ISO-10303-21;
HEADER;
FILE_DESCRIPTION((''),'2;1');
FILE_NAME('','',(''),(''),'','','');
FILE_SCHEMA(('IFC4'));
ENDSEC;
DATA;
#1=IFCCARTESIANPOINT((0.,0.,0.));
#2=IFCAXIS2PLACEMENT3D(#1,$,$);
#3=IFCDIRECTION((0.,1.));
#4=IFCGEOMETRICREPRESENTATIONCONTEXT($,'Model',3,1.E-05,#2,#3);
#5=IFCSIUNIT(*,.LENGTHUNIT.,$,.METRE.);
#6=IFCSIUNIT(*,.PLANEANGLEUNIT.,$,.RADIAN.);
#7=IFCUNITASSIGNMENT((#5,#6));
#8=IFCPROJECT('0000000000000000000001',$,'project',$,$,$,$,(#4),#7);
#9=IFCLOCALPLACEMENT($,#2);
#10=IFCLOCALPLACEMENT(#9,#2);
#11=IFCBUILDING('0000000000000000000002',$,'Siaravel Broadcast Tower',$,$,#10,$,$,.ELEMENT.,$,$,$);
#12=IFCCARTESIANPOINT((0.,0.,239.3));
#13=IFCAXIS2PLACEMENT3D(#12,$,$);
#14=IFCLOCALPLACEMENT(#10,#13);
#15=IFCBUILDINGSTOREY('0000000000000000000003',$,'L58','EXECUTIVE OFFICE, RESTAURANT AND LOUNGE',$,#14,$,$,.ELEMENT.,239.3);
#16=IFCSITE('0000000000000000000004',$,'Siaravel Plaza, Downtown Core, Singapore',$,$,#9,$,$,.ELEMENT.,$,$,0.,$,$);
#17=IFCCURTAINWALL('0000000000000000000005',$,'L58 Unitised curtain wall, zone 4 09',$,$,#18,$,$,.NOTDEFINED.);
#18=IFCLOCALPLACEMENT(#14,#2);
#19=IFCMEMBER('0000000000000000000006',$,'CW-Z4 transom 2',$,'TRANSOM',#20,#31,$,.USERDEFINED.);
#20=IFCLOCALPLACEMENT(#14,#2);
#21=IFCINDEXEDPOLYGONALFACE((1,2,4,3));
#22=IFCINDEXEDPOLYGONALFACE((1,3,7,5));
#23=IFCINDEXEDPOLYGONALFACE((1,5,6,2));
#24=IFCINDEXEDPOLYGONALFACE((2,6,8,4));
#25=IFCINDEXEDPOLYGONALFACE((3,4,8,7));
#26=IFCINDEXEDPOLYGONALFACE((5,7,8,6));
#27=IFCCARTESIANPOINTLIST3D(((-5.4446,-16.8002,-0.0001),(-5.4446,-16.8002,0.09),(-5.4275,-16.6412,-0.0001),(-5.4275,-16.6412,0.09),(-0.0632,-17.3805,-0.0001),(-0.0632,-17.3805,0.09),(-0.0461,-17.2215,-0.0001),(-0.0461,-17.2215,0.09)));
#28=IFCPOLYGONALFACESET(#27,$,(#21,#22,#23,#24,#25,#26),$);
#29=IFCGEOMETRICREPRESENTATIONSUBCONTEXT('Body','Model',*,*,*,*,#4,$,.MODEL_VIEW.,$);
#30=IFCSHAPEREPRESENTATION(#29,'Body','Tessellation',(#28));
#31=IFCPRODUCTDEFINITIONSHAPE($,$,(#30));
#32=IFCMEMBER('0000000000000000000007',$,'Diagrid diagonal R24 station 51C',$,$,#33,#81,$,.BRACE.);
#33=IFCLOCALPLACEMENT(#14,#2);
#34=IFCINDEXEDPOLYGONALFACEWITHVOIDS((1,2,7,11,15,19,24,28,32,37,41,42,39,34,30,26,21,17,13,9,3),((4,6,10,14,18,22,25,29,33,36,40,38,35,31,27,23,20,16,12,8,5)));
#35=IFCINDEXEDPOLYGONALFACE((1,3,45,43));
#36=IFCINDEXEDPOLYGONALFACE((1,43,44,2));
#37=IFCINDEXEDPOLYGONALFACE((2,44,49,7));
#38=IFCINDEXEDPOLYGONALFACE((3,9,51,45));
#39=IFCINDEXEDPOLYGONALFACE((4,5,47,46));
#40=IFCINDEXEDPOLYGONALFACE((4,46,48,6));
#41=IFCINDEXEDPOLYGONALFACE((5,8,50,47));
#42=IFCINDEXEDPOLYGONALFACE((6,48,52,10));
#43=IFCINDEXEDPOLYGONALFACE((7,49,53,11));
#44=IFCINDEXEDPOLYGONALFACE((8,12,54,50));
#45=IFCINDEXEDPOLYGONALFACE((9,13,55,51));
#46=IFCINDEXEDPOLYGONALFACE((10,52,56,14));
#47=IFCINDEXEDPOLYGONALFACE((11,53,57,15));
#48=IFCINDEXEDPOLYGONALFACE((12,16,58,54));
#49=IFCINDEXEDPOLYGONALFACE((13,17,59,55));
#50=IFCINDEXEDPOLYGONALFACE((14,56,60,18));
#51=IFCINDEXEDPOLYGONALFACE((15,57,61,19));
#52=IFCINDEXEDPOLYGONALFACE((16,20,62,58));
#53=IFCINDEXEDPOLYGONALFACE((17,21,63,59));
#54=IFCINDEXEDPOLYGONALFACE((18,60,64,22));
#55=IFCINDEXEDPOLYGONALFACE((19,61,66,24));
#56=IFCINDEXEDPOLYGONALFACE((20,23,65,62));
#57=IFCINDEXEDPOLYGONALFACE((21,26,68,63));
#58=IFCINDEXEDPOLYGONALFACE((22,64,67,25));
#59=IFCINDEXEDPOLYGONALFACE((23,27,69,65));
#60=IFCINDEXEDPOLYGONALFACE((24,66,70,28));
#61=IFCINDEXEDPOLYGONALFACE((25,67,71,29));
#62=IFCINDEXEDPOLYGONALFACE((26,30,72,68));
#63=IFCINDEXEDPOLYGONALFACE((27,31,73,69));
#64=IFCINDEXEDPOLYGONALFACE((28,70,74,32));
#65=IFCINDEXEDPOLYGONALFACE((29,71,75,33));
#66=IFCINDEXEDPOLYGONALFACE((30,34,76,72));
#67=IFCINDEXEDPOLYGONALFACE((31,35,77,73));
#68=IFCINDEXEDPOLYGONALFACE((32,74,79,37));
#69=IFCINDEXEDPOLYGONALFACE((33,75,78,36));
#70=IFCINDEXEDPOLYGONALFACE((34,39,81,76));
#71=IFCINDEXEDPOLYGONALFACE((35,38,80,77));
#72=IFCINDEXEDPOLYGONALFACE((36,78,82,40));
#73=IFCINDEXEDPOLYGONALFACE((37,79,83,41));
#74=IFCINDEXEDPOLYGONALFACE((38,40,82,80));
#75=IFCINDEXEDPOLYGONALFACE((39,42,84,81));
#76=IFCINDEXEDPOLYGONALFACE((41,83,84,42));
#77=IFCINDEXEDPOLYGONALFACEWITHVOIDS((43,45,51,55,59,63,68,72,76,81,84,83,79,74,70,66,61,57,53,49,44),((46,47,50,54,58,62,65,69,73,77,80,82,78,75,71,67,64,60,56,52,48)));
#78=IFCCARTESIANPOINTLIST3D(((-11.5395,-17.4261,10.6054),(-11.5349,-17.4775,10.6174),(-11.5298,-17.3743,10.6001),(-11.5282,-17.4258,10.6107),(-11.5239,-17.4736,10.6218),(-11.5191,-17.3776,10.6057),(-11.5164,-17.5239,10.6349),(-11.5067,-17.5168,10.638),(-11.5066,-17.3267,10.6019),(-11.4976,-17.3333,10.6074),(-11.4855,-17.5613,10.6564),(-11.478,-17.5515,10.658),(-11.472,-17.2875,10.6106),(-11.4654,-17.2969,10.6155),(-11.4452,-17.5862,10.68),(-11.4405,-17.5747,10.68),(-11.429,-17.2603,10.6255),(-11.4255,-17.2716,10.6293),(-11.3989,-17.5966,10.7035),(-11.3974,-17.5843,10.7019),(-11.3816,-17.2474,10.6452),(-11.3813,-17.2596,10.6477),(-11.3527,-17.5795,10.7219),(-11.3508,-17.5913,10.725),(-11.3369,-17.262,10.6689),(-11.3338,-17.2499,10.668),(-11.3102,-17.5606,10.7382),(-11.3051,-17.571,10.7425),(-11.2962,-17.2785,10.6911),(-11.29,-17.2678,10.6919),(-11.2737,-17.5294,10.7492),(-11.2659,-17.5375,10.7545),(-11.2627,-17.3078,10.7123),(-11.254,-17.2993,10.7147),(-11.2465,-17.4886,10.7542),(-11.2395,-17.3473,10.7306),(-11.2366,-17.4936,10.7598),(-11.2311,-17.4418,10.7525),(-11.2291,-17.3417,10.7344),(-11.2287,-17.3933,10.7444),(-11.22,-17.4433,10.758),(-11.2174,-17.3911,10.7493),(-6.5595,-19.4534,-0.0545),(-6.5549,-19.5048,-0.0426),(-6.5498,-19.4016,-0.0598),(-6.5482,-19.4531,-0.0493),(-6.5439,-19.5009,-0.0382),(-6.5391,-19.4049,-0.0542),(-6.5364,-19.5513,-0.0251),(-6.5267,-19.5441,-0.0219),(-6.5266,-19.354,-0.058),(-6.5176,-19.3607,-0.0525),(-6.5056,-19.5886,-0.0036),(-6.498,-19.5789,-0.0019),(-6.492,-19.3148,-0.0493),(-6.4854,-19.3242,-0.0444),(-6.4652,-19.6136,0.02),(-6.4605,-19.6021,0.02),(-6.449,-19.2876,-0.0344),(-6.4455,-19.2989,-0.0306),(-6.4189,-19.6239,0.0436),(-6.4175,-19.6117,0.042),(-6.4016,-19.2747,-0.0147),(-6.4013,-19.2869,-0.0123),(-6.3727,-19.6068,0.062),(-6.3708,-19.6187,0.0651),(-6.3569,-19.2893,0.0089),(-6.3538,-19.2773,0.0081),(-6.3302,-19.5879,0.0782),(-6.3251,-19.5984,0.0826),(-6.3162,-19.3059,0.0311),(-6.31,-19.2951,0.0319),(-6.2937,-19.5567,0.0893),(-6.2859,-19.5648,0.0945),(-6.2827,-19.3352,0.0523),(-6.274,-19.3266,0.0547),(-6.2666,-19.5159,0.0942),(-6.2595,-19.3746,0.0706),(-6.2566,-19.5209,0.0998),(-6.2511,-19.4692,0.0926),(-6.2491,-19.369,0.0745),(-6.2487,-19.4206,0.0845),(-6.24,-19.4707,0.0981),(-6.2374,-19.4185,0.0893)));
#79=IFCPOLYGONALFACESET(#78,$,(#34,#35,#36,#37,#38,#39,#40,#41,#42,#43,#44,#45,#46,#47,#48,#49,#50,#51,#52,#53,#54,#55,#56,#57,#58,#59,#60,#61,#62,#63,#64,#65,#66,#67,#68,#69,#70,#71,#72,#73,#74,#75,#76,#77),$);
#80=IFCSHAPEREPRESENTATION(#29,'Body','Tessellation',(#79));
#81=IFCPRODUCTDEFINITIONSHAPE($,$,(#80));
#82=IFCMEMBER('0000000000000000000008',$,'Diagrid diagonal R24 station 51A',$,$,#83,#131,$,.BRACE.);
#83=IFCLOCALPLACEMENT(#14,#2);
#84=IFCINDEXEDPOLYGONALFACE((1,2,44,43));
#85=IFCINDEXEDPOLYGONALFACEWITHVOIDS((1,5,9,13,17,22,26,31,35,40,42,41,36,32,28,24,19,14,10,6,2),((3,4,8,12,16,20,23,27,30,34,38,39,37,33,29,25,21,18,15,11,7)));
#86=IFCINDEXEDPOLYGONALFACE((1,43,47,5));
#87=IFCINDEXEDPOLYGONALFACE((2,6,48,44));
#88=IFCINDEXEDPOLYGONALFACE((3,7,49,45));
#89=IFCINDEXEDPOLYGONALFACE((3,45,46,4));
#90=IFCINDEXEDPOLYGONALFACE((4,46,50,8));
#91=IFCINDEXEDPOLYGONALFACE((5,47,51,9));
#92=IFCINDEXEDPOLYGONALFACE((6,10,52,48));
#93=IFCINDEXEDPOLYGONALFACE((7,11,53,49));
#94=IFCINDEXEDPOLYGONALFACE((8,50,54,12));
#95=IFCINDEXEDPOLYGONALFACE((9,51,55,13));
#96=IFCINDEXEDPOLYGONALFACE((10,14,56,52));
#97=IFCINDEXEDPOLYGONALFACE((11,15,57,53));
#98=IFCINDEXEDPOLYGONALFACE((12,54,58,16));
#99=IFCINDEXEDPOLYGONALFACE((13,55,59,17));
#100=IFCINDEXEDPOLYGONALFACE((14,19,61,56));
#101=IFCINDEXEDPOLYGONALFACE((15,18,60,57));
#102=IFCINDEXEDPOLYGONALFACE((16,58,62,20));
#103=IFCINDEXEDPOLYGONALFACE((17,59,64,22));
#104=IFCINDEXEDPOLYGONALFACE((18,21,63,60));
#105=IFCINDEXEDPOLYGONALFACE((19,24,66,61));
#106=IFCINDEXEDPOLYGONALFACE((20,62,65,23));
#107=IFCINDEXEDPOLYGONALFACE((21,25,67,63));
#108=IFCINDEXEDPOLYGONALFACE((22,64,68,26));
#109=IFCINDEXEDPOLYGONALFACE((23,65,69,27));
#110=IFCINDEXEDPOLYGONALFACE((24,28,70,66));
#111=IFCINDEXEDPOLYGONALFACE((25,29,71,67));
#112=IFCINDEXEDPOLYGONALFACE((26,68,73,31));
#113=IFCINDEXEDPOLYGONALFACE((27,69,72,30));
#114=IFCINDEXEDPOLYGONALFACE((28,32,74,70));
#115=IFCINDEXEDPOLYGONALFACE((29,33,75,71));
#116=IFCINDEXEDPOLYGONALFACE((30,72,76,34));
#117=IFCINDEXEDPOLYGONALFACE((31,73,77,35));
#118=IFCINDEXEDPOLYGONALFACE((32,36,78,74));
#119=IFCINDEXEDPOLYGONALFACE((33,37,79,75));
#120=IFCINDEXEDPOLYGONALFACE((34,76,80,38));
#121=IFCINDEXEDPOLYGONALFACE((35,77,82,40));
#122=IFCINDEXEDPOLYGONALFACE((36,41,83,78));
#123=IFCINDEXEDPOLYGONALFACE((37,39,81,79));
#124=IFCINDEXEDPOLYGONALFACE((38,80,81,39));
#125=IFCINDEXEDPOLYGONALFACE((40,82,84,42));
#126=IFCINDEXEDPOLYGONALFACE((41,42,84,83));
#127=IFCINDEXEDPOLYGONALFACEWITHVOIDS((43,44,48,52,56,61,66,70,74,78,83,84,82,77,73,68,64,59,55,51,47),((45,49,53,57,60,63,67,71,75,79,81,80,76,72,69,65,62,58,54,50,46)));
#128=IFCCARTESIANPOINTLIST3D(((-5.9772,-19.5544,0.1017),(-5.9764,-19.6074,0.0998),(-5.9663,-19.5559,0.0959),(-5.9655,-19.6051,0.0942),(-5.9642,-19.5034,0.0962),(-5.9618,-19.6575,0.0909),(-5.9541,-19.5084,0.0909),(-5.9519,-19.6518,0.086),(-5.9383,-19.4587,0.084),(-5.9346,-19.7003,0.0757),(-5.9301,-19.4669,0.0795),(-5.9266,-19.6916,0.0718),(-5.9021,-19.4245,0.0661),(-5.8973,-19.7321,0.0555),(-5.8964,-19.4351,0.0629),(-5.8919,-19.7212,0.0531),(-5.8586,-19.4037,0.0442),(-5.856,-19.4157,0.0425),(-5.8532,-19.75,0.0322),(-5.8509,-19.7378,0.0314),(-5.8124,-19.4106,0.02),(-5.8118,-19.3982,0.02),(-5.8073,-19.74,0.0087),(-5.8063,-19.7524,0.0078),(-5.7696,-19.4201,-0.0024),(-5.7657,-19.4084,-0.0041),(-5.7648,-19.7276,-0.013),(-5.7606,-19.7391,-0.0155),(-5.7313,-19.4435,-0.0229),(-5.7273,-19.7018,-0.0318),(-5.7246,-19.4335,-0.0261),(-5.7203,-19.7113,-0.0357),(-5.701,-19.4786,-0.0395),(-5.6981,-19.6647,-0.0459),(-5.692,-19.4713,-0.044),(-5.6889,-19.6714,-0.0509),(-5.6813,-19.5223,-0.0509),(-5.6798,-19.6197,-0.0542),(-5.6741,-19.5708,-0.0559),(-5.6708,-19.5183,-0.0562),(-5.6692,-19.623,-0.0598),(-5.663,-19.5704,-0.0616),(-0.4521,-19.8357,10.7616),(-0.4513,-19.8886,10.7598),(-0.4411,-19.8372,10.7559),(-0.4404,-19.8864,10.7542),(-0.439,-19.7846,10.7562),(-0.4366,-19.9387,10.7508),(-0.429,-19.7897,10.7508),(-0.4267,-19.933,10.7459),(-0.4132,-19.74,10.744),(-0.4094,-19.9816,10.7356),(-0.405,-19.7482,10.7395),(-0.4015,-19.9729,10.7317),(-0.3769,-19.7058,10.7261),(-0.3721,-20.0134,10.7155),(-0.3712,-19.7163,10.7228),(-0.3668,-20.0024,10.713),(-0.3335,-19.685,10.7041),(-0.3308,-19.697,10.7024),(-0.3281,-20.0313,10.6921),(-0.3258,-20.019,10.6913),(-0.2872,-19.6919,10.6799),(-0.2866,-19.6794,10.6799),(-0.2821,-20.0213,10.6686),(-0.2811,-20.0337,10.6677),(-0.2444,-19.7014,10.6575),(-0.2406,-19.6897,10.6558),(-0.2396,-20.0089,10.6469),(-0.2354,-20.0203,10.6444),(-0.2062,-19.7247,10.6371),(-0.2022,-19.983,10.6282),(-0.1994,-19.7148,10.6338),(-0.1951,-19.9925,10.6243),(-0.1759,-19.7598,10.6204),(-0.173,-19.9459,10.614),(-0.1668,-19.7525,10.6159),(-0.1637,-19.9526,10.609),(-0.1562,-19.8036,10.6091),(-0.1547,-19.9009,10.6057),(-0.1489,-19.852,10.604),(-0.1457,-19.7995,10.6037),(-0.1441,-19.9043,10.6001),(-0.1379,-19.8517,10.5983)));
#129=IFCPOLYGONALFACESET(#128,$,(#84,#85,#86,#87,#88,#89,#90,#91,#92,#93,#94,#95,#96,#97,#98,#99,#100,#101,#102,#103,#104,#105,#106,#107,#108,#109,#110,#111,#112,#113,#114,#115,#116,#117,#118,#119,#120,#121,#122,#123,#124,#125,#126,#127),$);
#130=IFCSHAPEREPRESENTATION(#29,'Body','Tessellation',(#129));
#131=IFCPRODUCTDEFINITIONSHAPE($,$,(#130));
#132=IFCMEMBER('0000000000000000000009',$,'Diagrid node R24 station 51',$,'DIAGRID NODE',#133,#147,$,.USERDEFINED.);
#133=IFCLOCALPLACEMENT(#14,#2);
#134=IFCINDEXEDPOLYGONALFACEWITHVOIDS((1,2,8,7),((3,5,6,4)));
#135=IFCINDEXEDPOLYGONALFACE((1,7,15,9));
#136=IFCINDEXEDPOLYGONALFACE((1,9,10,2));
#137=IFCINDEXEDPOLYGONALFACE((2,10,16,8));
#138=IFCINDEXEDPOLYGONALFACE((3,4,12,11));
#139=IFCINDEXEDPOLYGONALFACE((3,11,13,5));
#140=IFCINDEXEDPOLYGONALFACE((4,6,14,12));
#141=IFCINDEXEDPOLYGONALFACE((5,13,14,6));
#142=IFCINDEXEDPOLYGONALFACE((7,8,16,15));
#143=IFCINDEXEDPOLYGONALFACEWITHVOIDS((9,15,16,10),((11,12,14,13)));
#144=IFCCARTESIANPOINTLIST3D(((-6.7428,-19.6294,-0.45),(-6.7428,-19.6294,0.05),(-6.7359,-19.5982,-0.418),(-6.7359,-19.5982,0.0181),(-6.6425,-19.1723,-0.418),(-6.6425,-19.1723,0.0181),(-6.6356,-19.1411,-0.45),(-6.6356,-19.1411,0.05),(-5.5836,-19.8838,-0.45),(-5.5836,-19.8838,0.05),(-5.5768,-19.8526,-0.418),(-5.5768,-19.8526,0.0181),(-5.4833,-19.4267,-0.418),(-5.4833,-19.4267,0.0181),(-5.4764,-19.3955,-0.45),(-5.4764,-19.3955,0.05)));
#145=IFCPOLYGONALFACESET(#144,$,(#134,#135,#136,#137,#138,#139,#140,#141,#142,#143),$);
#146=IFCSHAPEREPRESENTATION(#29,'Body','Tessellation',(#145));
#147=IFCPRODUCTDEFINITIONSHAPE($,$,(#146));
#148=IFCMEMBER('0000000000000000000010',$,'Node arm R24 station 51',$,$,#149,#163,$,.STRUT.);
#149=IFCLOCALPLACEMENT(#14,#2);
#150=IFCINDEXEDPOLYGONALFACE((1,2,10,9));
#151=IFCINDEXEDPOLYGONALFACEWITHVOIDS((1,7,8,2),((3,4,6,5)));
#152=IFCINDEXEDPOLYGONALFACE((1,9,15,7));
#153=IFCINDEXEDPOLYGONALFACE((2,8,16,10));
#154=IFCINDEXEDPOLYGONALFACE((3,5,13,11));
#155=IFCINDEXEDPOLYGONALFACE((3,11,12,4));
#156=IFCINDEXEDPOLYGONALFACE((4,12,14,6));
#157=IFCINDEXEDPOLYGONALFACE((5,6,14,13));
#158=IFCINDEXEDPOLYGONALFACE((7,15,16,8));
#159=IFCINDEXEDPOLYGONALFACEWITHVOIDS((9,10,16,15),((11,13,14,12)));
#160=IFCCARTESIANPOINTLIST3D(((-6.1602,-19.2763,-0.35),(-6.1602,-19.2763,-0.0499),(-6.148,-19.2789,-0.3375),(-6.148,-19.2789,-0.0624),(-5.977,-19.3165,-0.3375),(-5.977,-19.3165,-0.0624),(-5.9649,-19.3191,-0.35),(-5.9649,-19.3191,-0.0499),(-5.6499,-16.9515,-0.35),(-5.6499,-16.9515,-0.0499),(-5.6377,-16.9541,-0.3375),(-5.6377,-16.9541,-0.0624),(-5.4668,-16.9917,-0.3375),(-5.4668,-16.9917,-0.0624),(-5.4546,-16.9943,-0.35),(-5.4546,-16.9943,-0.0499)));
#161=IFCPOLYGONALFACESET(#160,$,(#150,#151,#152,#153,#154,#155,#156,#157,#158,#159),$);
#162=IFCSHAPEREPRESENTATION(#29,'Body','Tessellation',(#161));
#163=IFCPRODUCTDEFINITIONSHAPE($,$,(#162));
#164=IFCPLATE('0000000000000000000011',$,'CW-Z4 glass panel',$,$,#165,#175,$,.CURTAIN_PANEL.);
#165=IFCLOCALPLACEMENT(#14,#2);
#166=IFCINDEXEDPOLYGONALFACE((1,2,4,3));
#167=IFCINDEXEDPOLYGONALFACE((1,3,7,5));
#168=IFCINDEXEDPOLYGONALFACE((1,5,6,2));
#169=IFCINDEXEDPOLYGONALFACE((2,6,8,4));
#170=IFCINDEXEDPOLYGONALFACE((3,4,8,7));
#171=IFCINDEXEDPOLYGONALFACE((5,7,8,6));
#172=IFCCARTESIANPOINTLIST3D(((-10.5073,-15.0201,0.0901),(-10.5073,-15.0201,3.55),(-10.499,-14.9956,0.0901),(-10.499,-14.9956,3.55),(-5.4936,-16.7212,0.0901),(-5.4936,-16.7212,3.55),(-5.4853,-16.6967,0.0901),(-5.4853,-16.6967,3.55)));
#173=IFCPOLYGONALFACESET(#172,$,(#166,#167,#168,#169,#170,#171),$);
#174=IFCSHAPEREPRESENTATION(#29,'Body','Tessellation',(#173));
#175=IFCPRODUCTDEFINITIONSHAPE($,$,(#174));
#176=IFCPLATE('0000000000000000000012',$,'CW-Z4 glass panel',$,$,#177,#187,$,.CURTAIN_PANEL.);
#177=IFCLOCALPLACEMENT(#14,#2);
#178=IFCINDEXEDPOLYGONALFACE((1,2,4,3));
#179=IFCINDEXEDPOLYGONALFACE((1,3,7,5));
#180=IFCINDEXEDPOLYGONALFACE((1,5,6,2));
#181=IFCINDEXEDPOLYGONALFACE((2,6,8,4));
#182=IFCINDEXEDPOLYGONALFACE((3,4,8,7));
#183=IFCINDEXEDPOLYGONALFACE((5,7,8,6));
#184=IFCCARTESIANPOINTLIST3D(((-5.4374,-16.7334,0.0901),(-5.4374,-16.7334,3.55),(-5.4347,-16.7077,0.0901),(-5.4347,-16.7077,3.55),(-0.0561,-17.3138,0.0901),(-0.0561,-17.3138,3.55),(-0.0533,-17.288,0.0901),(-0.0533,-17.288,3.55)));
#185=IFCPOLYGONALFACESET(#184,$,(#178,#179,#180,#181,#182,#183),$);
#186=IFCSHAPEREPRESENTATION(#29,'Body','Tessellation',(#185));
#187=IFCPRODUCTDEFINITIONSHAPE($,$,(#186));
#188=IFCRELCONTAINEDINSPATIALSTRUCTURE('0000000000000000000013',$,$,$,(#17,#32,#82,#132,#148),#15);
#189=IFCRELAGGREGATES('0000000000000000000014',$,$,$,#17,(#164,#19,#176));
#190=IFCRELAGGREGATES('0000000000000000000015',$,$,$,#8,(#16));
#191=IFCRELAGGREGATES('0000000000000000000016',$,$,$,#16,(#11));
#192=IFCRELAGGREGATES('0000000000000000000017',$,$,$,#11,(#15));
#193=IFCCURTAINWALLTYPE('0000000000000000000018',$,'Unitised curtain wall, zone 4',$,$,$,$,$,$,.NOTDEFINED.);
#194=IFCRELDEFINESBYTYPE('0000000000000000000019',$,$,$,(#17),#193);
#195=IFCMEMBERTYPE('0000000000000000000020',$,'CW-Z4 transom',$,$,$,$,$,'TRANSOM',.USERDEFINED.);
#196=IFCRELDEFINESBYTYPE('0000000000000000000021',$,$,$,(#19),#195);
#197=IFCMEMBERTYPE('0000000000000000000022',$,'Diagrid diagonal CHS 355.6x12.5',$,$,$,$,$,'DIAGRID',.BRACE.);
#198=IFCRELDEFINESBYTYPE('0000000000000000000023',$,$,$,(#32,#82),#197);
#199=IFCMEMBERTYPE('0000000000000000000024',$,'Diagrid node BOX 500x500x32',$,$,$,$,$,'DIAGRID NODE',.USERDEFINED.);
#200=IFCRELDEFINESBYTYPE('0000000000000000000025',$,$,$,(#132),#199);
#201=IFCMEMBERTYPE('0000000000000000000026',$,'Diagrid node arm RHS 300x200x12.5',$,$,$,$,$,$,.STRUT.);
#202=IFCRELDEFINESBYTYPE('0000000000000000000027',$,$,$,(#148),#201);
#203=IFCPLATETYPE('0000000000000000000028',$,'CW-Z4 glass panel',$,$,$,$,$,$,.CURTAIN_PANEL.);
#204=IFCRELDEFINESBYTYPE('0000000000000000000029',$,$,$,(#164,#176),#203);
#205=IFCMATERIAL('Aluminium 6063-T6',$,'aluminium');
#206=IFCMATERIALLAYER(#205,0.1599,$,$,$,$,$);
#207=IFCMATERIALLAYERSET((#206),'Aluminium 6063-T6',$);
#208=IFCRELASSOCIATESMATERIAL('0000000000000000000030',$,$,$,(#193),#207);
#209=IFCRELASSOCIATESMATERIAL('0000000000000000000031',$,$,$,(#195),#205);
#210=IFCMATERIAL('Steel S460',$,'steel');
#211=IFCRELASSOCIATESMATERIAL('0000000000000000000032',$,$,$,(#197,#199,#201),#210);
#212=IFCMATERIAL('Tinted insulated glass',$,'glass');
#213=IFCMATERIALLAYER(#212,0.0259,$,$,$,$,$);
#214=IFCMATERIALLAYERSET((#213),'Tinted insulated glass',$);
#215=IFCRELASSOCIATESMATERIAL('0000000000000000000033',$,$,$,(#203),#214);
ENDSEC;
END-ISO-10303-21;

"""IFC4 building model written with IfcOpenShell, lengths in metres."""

from ifc_helpers import new_model, si_unit, direction, frame, origin, origin_2d, place, context, subcontext, project, spatial, rectangle, hollow_rectangle, hollow_circle, extrude, material, layer, layer_set, material_profile, profile_set, type_object, element, aggregate, save


model = new_model("IFC4")

# Units and contexts
model_context = context("Model", 3, precision=1e-05, world=origin(), true_north=direction((0.0, 1.0)))
body_context = subcontext(model_context, "Body", "Model", "MODEL_VIEW")
ifc_project = project(units=[si_unit("LENGTHUNIT", "METRE"), si_unit("PLANEANGLEUNIT", "RADIAN")], contexts=[model_context])

# Site, building, storey
site_placement = place(None, origin())
site = spatial("IfcSite", under=ifc_project, at=site_placement, Name="Siaravel Plaza, Downtown Core, Singapore", CompositionType="ELEMENT", RefElevation=0.0)
building_placement = place(site_placement, origin())
building = spatial("IfcBuilding", under=site, at=building_placement, Name="Siaravel Broadcast Tower", CompositionType="ELEMENT")
storey_placement = place(building_placement, frame((0.0, 0.0, 239.3)))
storey = spatial("IfcBuildingStorey", under=building, at=storey_placement, Name="L58", Description="EXECUTIVE OFFICE, RESTAURANT AND LOUNGE", CompositionType="ELEMENT", Elevation=239.3)

# Curtain wall, member
ifc_material_1 = material(Name="Aluminium 6063-T6", Category="aluminium")
ifc_layer_1 = layer(ifc_material_1, 0.1599)
ifc_layer_set_1 = layer_set([ifc_layer_1], Name="Aluminium 6063-T6")
curtain_wall_type = type_object("IfcCurtainWallType", Name="Unitised curtain wall, zone 4", PredefinedType="NOTDEFINED", material=ifc_layer_set_1)
curtain_wall_placement = place(storey_placement, origin())
curtain_wall = element("IfcCurtainWall", 1, at=curtain_wall_placement, inside=storey, type_object=curtain_wall_type, Name="L58 Unitised curtain wall, zone 4 09", PredefinedType="NOTDEFINED")
ifc_material_profile_1 = material_profile(ifc_material_1, rectangle(XDim=0.1599, YDim=0.0901, at=origin_2d()))
ifc_profile_set_1 = profile_set([ifc_material_profile_1], Name="Aluminium 6063-T6")
member_type_1 = type_object("IfcMemberType", Name="CW-Z4 transom", ElementType="TRANSOM", PredefinedType="USERDEFINED", material=ifc_profile_set_1)
member_1_placement = place(storey_placement, frame((-5.436, -16.7207, 0.0449), z_axis=(0.994236, -0.107218, 0.0), x_axis=(0.107218, 0.994236, 0.0)))
member_1 = element("IfcMember", 2, at=member_1_placement, type_object=member_type_1, Name="CW-Z4 transom 2", ObjectType="TRANSOM", PredefinedType="USERDEFINED", context=body_context, shape_type="SweptSolid", body=[
    extrude(rectangle(XDim=0.1599, YDim=0.0901, at=origin_2d()), origin(), (0.0, 0.0, 1.0), 5.4126),
])

# Members
ifc_material_2 = material(Name="Steel S460", Category="steel")
ifc_material_profile_2 = material_profile(ifc_material_2, hollow_circle(Radius=0.1777, WallThickness=0.0125, at=origin_2d()))
ifc_profile_set_2 = profile_set([ifc_material_profile_2], Name="Steel S460")
member_type_2 = type_object("IfcMemberType", Name="Diagrid diagonal CHS 355.6x12.5", ElementType="DIAGRID", PredefinedType="BRACE", material=ifc_profile_set_2)
member_2_placement = place(storey_placement, frame((-6.3982, -19.449, 0.02), z_axis=(-0.417112, 0.169806, 0.892851), x_axis=(-0.377052, -0.926192, 0.0)))
element("IfcMember", 3, at=member_2_placement, inside=storey, type_object=member_type_2, Name="Diagrid diagonal R24 station 51C", PredefinedType="BRACE", context=body_context, shape_type="SweptSolid", body=[
    extrude(hollow_circle(Radius=0.1777, WallThickness=0.0125, at=origin_2d()), origin(), (0.0, 0.0, 1.0), 11.9392),
])
member_3_placement = place(storey_placement, frame((-5.8208, -19.5757, 0.02), z_axis=(0.460046, -0.023418, 0.887586), x_axis=(0.050838, 0.998707, 0.0)))
element("IfcMember", 4, at=member_3_placement, inside=storey, type_object=member_type_2, Name="Diagrid diagonal R24 station 51A", PredefinedType="BRACE", context=body_context, shape_type="SweptSolid", body=[
    extrude(hollow_circle(Radius=0.1777, WallThickness=0.0125, at=origin_2d()), origin(), (0.0, 0.0, 1.0), 12.01),
])
ifc_material_profile_3 = material_profile(ifc_material_2, hollow_rectangle(XDim=0.5, YDim=0.5, WallThickness=0.032, at=origin_2d()))
ifc_profile_set_3 = profile_set([ifc_material_profile_3], Name="Steel S460")
member_type_3 = type_object("IfcMemberType", Name="Diagrid node BOX 500x500x32", ElementType="DIAGRID NODE", PredefinedType="USERDEFINED", material=ifc_profile_set_3)
member_4_placement = place(storey_placement, frame((-6.6892, -19.3853, -0.2), z_axis=(0.976755, -0.214359, 0.0), x_axis=(0.214359, 0.976755, 0.0)))
element("IfcMember", 5, at=member_4_placement, inside=storey, type_object=member_type_3, Name="Diagrid node R24 station 51", ObjectType="DIAGRID NODE", PredefinedType="USERDEFINED", context=body_context, shape_type="SweptSolid", body=[
    extrude(hollow_rectangle(XDim=0.5, YDim=0.5, WallThickness=0.032, at=origin_2d()), origin(), (0.0, 0.0, 1.0), 1.1868),
])
ifc_material_profile_4 = material_profile(ifc_material_2, hollow_rectangle(XDim=0.2, YDim=0.3, WallThickness=0.0125, at=origin_2d()))
ifc_profile_set_4 = profile_set([ifc_material_profile_4], Name="Steel S460")
member_type_4 = type_object("IfcMemberType", Name="Diagrid node arm RHS 300x200x12.5", PredefinedType="STRUT", material=ifc_profile_set_4)
member_5_placement = place(storey_placement, frame((-5.5522, -16.9729, -0.2), z_axis=(-0.214388, -0.976749, 0.0), x_axis=(0.976749, -0.214388, 0.0)))
element("IfcMember", 6, at=member_5_placement, inside=storey, type_object=member_type_4, Name="Node arm R24 station 51", PredefinedType="STRUT", context=body_context, shape_type="SweptSolid", body=[
    extrude(hollow_rectangle(XDim=0.2, YDim=0.3, WallThickness=0.0125, at=origin_2d()), origin(), (0.0, 0.0, 1.0), 2.3801),
])

# Plates
ifc_material_3 = material(Name="Tinted insulated glass", Category="glass")
ifc_layer_2 = layer(ifc_material_3, 0.0259)
ifc_layer_set_2 = layer_set([ifc_layer_2], Name="Tinted insulated glass")
plate_type = type_object("IfcPlateType", Name="CW-Z4 glass panel", PredefinedType="CURTAIN_PANEL", material=ifc_layer_set_2)
plate_1_placement = place(storey_placement, frame((-7.9963, -15.8584, 0.0901), z_axis=(0.0, 0.0, 1.0), x_axis=(0.946977, -0.321301, 0.0)))
plate_1 = element("IfcPlate", 7, at=plate_1_placement, type_object=plate_type, Name="CW-Z4 glass panel", PredefinedType="CURTAIN_PANEL", context=body_context, shape_type="SweptSolid", body=[
    extrude(rectangle(XDim=5.2944, YDim=0.0259, at=origin_2d()), origin(), (0.0, 0.0, 1.0), 3.46),
])
plate_2_placement = place(storey_placement, frame((-2.7454, -17.0107, 0.0901), z_axis=(0.0, 0.0, 1.0), x_axis=(0.994236, -0.107218, 0.0)))
plate_2 = element("IfcPlate", 8, at=plate_2_placement, type_object=plate_type, Name="CW-Z4 glass panel", PredefinedType="CURTAIN_PANEL", context=body_context, shape_type="SweptSolid", body=[
    extrude(rectangle(XDim=5.4126, YDim=0.0259, at=origin_2d()), origin(), (0.0, 0.0, 1.0), 3.46),
])
aggregate(curtain_wall, [plate_1, member_1, plate_2])

save(model, "model.ifc")
